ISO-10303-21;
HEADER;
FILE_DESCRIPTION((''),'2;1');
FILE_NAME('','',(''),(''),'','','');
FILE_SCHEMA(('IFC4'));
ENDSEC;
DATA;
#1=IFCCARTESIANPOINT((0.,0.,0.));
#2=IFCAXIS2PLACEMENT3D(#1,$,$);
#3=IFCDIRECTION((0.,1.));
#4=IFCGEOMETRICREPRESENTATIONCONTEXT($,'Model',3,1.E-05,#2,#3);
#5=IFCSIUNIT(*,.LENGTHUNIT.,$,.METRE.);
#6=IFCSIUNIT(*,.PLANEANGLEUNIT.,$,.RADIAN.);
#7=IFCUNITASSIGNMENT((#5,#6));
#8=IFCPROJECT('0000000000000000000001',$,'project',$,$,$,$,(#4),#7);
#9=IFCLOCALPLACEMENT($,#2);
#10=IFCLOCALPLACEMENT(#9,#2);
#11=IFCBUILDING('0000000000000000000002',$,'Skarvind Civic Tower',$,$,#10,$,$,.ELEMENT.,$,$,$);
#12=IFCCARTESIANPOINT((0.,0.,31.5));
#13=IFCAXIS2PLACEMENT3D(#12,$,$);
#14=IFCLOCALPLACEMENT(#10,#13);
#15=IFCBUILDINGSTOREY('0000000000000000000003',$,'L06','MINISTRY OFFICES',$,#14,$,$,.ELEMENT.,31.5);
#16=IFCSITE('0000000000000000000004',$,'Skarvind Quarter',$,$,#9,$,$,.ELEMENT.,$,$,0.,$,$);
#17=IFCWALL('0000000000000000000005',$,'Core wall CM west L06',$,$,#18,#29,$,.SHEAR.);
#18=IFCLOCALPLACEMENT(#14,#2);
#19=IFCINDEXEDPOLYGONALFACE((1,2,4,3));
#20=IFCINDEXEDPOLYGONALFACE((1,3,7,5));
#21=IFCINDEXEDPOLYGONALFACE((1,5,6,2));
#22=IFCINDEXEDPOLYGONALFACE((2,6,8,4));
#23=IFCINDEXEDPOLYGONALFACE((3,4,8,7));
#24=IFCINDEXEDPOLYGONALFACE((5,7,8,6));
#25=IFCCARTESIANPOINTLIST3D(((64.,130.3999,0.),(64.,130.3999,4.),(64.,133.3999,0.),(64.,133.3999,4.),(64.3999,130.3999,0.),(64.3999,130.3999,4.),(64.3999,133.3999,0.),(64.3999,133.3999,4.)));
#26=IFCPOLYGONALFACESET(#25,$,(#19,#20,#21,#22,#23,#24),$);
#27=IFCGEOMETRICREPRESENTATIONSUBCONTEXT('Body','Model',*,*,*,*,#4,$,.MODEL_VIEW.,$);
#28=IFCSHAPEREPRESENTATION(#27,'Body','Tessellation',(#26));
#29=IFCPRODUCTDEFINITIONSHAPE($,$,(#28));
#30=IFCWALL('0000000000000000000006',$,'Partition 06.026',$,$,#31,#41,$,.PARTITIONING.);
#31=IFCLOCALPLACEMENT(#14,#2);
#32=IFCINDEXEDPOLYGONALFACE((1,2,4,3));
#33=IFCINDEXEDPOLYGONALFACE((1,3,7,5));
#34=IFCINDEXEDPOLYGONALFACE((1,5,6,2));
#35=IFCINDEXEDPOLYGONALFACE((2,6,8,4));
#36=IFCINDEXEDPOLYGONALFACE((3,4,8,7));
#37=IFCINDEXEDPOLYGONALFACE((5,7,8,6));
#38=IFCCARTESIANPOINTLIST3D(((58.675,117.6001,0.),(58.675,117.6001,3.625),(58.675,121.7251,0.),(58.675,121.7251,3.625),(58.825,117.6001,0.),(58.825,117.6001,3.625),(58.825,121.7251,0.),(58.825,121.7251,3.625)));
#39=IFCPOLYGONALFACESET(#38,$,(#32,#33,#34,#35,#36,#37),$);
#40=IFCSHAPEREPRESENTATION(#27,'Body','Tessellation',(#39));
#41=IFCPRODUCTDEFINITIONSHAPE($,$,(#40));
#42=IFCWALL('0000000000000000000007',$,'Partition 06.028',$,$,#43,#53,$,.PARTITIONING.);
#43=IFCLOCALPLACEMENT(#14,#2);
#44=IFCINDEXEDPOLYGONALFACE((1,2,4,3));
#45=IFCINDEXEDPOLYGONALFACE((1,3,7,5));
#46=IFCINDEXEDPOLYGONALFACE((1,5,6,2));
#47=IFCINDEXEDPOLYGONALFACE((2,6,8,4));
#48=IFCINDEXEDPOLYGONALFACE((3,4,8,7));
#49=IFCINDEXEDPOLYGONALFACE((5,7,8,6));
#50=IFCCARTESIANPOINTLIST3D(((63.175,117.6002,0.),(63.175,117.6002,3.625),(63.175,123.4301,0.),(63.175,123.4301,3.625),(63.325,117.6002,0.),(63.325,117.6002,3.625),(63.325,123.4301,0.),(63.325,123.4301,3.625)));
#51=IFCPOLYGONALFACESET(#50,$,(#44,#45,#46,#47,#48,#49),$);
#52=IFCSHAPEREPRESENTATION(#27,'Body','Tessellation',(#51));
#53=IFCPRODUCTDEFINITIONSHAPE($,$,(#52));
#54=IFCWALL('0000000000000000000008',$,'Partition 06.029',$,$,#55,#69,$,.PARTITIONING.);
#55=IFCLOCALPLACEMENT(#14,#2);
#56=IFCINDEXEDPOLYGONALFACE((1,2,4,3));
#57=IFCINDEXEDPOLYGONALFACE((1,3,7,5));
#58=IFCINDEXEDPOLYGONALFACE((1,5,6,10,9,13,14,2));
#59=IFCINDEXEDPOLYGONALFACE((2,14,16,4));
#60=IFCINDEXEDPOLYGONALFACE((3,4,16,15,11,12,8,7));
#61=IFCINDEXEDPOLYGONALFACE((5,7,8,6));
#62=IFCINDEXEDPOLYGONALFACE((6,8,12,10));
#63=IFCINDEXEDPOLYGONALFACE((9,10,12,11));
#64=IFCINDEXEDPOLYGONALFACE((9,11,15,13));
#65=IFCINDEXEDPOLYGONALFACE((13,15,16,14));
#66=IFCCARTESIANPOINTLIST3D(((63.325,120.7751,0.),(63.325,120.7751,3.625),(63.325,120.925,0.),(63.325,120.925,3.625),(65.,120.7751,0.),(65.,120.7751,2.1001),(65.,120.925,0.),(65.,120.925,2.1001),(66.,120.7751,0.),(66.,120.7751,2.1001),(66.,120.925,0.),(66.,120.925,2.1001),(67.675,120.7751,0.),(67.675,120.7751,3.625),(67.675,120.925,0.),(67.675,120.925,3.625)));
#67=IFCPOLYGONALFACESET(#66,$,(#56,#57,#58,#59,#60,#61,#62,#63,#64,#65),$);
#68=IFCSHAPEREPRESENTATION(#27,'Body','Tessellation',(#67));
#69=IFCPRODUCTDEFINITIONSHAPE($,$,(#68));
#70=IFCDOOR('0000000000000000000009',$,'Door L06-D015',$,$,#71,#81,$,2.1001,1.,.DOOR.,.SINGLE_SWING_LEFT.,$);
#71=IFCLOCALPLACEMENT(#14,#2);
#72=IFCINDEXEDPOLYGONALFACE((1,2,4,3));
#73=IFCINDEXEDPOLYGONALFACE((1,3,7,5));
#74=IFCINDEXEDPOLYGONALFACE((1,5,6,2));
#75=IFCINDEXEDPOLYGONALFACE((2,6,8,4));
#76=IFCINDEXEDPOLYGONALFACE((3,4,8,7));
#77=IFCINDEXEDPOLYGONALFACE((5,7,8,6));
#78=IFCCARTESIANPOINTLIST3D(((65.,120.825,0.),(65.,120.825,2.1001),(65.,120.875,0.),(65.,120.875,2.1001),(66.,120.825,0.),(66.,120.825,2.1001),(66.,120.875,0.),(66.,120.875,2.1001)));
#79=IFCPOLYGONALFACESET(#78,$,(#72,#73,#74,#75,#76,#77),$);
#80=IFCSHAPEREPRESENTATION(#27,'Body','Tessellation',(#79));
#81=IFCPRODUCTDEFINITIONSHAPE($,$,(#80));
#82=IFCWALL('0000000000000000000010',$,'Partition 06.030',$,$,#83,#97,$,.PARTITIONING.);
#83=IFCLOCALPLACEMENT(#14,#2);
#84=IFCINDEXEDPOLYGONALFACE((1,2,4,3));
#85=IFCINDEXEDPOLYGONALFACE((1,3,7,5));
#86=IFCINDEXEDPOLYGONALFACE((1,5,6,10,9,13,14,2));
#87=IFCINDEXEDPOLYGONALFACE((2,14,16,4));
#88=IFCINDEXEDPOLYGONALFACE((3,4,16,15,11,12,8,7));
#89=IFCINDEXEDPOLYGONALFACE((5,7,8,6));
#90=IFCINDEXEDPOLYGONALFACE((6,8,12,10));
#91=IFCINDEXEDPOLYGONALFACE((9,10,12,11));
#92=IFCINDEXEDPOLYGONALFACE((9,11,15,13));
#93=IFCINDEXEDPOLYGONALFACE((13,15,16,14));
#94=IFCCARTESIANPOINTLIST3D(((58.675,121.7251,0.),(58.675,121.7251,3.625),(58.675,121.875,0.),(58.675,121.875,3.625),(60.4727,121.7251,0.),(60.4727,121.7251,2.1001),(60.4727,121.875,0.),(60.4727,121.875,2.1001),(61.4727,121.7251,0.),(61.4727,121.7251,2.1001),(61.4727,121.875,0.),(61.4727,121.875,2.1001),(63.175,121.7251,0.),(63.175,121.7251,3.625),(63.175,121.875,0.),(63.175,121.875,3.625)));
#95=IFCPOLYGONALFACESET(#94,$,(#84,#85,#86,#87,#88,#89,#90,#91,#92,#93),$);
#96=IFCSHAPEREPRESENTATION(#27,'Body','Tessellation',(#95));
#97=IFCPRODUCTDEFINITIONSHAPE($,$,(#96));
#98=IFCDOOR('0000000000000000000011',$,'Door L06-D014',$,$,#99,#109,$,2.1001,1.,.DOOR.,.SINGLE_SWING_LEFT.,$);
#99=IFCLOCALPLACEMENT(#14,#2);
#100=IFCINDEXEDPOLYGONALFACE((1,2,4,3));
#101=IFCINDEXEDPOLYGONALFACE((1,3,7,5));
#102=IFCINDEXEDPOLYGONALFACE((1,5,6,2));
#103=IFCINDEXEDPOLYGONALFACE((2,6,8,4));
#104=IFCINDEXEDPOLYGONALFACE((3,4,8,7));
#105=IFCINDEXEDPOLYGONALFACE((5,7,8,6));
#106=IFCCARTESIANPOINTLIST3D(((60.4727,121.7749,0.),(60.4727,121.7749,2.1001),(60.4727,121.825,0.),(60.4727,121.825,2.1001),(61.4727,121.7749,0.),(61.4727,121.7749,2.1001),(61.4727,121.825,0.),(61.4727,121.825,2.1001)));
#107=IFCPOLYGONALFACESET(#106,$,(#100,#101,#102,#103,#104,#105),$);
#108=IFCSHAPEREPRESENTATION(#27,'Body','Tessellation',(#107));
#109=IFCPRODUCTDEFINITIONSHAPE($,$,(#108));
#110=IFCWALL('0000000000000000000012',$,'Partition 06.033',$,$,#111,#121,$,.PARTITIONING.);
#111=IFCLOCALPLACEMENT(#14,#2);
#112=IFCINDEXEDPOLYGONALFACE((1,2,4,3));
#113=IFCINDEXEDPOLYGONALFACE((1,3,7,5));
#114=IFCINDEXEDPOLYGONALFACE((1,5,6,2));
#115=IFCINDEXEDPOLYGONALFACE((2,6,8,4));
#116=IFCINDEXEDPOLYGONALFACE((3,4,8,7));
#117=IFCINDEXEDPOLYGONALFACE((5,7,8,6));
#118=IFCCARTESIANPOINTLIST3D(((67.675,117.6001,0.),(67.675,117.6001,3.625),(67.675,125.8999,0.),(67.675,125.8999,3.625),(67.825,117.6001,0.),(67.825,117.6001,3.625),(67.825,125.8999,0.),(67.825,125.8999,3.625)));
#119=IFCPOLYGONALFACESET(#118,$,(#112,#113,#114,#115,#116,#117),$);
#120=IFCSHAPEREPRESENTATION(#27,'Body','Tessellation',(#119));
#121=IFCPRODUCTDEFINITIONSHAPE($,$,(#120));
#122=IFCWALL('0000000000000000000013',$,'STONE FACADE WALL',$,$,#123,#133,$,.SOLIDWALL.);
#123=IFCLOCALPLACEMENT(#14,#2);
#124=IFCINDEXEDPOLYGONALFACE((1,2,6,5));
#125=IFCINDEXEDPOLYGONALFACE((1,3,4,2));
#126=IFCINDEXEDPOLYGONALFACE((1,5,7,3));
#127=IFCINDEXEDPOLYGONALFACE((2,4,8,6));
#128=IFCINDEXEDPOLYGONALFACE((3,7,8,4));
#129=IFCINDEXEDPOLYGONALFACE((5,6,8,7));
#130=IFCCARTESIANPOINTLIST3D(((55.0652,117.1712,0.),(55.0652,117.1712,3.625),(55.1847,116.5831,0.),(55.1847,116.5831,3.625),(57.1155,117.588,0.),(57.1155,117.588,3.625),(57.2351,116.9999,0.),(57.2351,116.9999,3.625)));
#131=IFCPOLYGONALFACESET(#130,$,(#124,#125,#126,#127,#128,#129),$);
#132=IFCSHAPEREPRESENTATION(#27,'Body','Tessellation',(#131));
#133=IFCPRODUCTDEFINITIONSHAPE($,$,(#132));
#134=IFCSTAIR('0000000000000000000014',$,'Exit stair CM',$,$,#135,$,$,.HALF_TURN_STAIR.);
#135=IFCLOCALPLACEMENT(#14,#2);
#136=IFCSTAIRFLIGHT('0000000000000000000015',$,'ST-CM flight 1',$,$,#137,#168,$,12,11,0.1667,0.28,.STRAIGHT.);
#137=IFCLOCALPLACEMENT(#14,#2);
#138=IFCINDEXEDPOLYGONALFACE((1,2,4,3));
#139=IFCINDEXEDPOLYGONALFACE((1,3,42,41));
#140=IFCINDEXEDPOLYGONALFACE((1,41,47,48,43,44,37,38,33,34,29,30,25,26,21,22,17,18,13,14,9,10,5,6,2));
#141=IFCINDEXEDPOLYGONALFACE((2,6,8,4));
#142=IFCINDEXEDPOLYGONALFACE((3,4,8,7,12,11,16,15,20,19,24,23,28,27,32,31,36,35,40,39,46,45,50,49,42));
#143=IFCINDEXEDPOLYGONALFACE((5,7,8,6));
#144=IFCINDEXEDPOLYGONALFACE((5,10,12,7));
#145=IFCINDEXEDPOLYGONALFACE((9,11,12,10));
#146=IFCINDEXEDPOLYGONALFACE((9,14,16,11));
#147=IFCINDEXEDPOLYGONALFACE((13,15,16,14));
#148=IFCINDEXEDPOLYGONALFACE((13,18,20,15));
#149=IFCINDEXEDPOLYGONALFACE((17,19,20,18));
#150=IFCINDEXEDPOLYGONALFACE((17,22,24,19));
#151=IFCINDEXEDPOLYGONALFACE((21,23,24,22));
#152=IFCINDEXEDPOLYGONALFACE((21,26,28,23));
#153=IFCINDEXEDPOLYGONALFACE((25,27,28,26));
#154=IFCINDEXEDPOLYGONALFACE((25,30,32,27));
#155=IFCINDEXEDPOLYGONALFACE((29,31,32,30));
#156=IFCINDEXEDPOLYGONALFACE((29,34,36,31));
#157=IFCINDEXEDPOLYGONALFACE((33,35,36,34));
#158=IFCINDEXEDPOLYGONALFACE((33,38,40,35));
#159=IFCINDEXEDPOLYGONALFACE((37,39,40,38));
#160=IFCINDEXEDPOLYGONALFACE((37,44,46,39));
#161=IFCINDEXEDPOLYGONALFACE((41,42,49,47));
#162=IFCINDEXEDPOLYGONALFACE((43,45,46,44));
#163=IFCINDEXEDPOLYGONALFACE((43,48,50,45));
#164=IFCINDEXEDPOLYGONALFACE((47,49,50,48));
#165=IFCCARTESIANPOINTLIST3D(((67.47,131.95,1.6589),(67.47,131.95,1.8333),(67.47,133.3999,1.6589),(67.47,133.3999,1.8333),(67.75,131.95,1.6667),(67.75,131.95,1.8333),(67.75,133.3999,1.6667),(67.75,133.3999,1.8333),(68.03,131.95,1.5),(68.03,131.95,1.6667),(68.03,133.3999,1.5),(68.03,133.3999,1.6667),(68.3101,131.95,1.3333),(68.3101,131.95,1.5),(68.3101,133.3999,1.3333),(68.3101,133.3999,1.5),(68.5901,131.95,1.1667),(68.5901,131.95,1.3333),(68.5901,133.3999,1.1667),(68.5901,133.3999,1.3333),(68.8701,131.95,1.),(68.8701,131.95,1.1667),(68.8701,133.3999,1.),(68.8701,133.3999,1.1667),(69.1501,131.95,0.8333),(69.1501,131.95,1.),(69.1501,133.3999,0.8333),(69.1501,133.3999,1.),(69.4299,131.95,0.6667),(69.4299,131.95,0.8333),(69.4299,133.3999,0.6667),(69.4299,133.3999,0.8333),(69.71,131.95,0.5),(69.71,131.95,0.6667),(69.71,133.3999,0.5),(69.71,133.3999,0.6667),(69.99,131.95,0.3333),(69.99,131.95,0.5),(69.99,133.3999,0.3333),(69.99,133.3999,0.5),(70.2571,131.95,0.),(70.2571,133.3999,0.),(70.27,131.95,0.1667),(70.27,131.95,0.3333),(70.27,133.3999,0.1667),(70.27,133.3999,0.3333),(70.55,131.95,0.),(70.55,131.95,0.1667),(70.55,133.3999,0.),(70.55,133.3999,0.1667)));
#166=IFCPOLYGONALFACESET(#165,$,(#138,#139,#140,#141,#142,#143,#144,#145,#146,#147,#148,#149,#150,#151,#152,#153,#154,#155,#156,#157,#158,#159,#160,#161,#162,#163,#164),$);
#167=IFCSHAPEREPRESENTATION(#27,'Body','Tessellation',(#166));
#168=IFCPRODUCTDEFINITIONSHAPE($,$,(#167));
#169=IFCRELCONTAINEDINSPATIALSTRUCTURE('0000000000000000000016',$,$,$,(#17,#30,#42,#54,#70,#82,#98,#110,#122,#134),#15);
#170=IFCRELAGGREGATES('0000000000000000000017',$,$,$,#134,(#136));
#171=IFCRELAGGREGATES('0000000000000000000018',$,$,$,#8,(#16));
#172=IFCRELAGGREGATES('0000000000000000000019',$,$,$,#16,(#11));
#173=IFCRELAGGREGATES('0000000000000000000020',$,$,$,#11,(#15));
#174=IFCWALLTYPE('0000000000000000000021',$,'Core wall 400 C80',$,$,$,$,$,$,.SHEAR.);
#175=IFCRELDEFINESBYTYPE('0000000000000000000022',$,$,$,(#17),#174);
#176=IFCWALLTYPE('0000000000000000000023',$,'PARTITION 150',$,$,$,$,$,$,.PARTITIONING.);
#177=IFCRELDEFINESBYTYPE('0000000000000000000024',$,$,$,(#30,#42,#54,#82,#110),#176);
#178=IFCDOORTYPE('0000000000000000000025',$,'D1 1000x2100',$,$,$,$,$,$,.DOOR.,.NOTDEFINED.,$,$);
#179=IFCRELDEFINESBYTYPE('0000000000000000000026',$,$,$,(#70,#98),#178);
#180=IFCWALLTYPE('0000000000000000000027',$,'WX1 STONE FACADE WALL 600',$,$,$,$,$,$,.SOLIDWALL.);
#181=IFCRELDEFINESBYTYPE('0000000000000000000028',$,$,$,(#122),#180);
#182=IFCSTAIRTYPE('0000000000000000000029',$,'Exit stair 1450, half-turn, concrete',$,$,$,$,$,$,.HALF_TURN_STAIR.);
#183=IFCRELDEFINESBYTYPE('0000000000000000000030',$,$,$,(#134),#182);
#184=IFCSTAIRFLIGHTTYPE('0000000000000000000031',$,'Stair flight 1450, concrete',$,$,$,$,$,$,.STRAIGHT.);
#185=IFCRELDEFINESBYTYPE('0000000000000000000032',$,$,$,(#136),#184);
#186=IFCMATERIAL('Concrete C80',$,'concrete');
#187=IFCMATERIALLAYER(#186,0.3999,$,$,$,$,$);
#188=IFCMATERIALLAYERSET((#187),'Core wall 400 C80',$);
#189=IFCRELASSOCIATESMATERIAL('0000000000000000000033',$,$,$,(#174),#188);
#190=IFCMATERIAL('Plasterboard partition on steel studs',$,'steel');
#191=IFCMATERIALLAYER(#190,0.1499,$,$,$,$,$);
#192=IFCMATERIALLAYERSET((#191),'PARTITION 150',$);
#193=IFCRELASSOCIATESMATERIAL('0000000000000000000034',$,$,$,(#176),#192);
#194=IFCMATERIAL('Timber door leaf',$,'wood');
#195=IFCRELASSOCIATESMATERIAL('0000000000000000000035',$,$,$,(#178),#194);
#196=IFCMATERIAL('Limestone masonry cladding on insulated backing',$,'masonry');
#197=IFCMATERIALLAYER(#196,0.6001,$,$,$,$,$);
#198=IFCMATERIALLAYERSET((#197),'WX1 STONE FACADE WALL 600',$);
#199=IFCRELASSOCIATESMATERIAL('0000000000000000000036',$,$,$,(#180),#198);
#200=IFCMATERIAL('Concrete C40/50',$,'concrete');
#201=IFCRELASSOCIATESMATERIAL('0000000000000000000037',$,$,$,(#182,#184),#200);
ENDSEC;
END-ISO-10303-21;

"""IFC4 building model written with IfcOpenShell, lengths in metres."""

from ifc_helpers import new_model, si_unit, direction, frame, frame_2d, origin, place, context, subcontext, project, spatial, polyline, rectangle, outline, extrude, material, layer, layer_set, type_object, element, fill, aggregate, save


model = new_model("IFC4")

# Units and contexts
model_context = context("Model", 3, precision=1e-05, world=origin(), true_north=direction((0.0, 1.0)))
body_context = subcontext(model_context, "Body", "Model", "MODEL_VIEW")
ifc_project = project(units=[si_unit("LENGTHUNIT", "METRE"), si_unit("PLANEANGLEUNIT", "RADIAN")], contexts=[model_context])

# Site, building, storey
site_placement = place(None, origin())
site = spatial("IfcSite", under=ifc_project, at=site_placement, Name="Skarvind Quarter", CompositionType="ELEMENT", RefElevation=0.0)
building_placement = place(site_placement, origin())
building = spatial("IfcBuilding", under=site, at=building_placement, Name="Skarvind Civic Tower", CompositionType="ELEMENT")
storey_placement = place(building_placement, frame((0.0, 0.0, 31.5)))
storey = spatial("IfcBuildingStorey", under=building, at=storey_placement, Name="L06", Description="MINISTRY OFFICES", CompositionType="ELEMENT", Elevation=31.5)

# Shared definitions
ifc_material_1 = material(Name="Concrete C80", Category="concrete")

# Shared definitions
ifc_layer_1 = layer(ifc_material_1, 0.3999)
ifc_layer_set_1 = layer_set([ifc_layer_1], Name="Core wall 400 C80")
wall_type_1 = type_object("IfcWallType", Name="Core wall 400 C80", PredefinedType="SHEAR", material=ifc_layer_set_1)

# Walls
wall_1_placement = place(storey_placement, frame((64.2, 130.3999, 0.0), z_axis=(0.0, 0.0, 1.0), x_axis=(0.0, 1.0, 0.0)))
element("IfcWall", 1, at=wall_1_placement, inside=storey, type_object=wall_type_1, Name="Core wall CM west L06", PredefinedType="SHEAR", context=body_context, shape_type="SweptSolid", body=[
    extrude(rectangle(XDim=3.0, YDim=0.3999, at=frame_2d((1.5, 0.0))), origin(), (0.0, 0.0, 1.0), 4.0),
])
ifc_material_2 = material(Name="Plasterboard partition on steel studs", Category="steel")
ifc_layer_2 = layer(ifc_material_2, 0.1499)
ifc_layer_set_2 = layer_set([ifc_layer_2], Name="PARTITION 150")
wall_type_2 = type_object("IfcWallType", Name="PARTITION 150", PredefinedType="PARTITIONING", material=ifc_layer_set_2)
wall_2_placement = place(storey_placement, frame((58.75, 117.6001, 0.0), z_axis=(0.0, 0.0, 1.0), x_axis=(0.0, 1.0, 0.0)))
element("IfcWall", 2, at=wall_2_placement, inside=storey, type_object=wall_type_2, Name="Partition 06.026", PredefinedType="PARTITIONING", context=body_context, shape_type="SweptSolid", body=[
    extrude(rectangle(XDim=4.125, YDim=0.1499, at=frame_2d((2.0625, 0.0))), origin(), (0.0, 0.0, 1.0), 3.625),
])
wall_3_placement = place(storey_placement, frame((63.25, 117.6001, 0.0), z_axis=(0.0, 0.0, 1.0), x_axis=(0.0, 1.0, 0.0)))
element("IfcWall", 3, at=wall_3_placement, inside=storey, type_object=wall_type_2, Name="Partition 06.028", PredefinedType="PARTITIONING", context=body_context, shape_type="SweptSolid", body=[
    extrude(rectangle(XDim=5.8298, YDim=0.1499, at=frame_2d((2.915, 0.0))), origin(), (0.0, 0.0, 1.0), 3.625),
])

# Walls, openings, doors
wall_4_placement = place(storey_placement, frame((63.325, 120.8501, 0.0), z_axis=(0.0, 0.0, 1.0), x_axis=(1.0, 0.0, 0.0)))
wall_4 = element("IfcWall", 4, at=wall_4_placement, inside=storey, type_object=wall_type_2, Name="Partition 06.029", PredefinedType="PARTITIONING", context=body_context, shape_type="SweptSolid", body=[
    extrude(rectangle(XDim=4.3501, YDim=0.1499, at=frame_2d((2.175, 0.0))), origin(), (0.0, 0.0, 1.0), 3.625),
])
opening_1_placement = place(wall_4_placement, frame((1.675, 0.0, 0.0)))
opening_1 = element("IfcOpeningElement", 5, at=opening_1_placement, cuts=wall_4, PredefinedType="OPENING", context=body_context, shape_type="SweptSolid", body=[
    extrude(rectangle(XDim=1.0, YDim=2.1001, at=frame_2d((0.5, 1.05))), frame((0.0, 0.085, 0.0), z_axis=(0.0, -1.0, 0.0), x_axis=(1.0, 0.0, 0.0)), (0.0, 0.0, 1.0), 0.1699),
])
ifc_material_3 = material(Name="Timber door leaf", Category="wood")
door_type_1 = type_object("IfcDoorType", Name="D1 1000x2100", OperationType="NOTDEFINED", PredefinedType="DOOR", material=ifc_material_3)
door_1_placement = place(opening_1_placement, origin())
door_1 = element("IfcDoor", 6, at=door_1_placement, inside=storey, type_object=door_type_1, Name="Door L06-D015", OperationType="SINGLE_SWING_LEFT", OverallHeight=2.1001, OverallWidth=1.0, PredefinedType="DOOR", context=body_context, shape_type="SweptSolid", body=[
    extrude(rectangle(XDim=1.0, YDim=2.1001, at=frame_2d((0.5, 1.05))), frame((0.0, 0.0249, 0.0), z_axis=(0.0, -1.0, 0.0), x_axis=(1.0, 0.0, 0.0)), (0.0, 0.0, 1.0), 0.05),
])
fill(opening_1, door_1)
wall_5_placement = place(storey_placement, frame((58.675, 121.8, 0.0), z_axis=(0.0, 0.0, 1.0), x_axis=(1.0, 0.0, 0.0)))
wall_5 = element("IfcWall", 7, at=wall_5_placement, inside=storey, type_object=wall_type_2, Name="Partition 06.030", PredefinedType="PARTITIONING", context=body_context, shape_type="SweptSolid", body=[
    extrude(rectangle(XDim=4.5, YDim=0.1499, at=frame_2d((2.25, 0.0))), origin(), (0.0, 0.0, 1.0), 3.625),
])
opening_2_placement = place(wall_5_placement, frame((1.7976, 0.0, 0.0)))
opening_2 = element("IfcOpeningElement", 8, at=opening_2_placement, cuts=wall_5, PredefinedType="OPENING", context=body_context, shape_type="SweptSolid", body=[
    extrude(rectangle(XDim=1.0, YDim=2.1001, at=frame_2d((0.5, 1.05))), frame((0.0, 0.085, 0.0), z_axis=(0.0, -1.0, 0.0), x_axis=(1.0, 0.0, 0.0)), (0.0, 0.0, 1.0), 0.1699),
])
door_2_placement = place(opening_2_placement, origin())
door_2 = element("IfcDoor", 9, at=door_2_placement, inside=storey, type_object=door_type_1, Name="Door L06-D014", OperationType="SINGLE_SWING_LEFT", OverallHeight=2.1001, OverallWidth=1.0, PredefinedType="DOOR", context=body_context, shape_type="SweptSolid", body=[
    extrude(rectangle(XDim=1.0, YDim=2.1001, at=frame_2d((0.5, 1.05))), frame((0.0, 0.0249, 0.0), z_axis=(0.0, -1.0, 0.0), x_axis=(1.0, 0.0, 0.0)), (0.0, 0.0, 1.0), 0.05),
])
fill(opening_2, door_2)

# Walls
wall_6_placement = place(storey_placement, frame((67.75, 117.6001, 0.0), z_axis=(0.0, 0.0, 1.0), x_axis=(0.0, 1.0, 0.0)))
element("IfcWall", 10, at=wall_6_placement, inside=storey, type_object=wall_type_2, Name="Partition 06.033", PredefinedType="PARTITIONING", context=body_context, shape_type="SweptSolid", body=[
    extrude(rectangle(XDim=8.2998, YDim=0.1499, at=frame_2d((4.1499, 0.0))), origin(), (0.0, 0.0, 1.0), 3.625),
])
ifc_material_4 = material(Name="Limestone masonry cladding on insulated backing", Category="masonry")
ifc_layer_3 = layer(ifc_material_4, 0.6001)
ifc_layer_set_3 = layer_set([ifc_layer_3], Name="WX1 STONE FACADE WALL 600")
wall_type_3 = type_object("IfcWallType", Name="WX1 STONE FACADE WALL 600", PredefinedType="SOLIDWALL", material=ifc_layer_set_3)
wall_7_placement = place(storey_placement, frame((57.1753, 117.2939, 0.0), z_axis=(0.0, 0.0, 1.0), x_axis=(-0.979961, -0.199189, 0.0)))
element("IfcWall", 11, at=wall_7_placement, inside=storey, type_object=wall_type_3, Name="STONE FACADE WALL", PredefinedType="SOLIDWALL", context=body_context, shape_type="SweptSolid", body=[
    extrude(rectangle(XDim=2.0923, YDim=0.6001, at=frame_2d((1.0461, 0.0))), origin(), (0.0, 0.0, 1.0), 3.625),
])

# Stair, stair flight
ifc_material_5 = material(Name="Concrete C40/50", Category="concrete")
stair_type = type_object("IfcStairType", Name="Exit stair 1450, half-turn, concrete", PredefinedType="HALF_TURN_STAIR", material=ifc_material_5)
stair_placement = place(storey_placement, origin())
stair = element("IfcStair", 12, at=stair_placement, inside=storey, type_object=stair_type, Name="Exit stair CM", PredefinedType="HALF_TURN_STAIR")
stair_flight_type = type_object("IfcStairFlightType", Name="Stair flight 1450, concrete", PredefinedType="STRAIGHT", material=ifc_material_5)
stair_flight_1_placement = place(storey_placement, frame((70.55, 132.675, 0.0), z_axis=(0.0, 0.0, 1.0), x_axis=(-1.0, 0.0, 0.0)))
stair_flight_1 = element("IfcStairFlight", 13, at=stair_flight_1_placement, type_object=stair_flight_type, Name="ST-CM flight 1", NumberOfRisers=12, NumberOfTreads=11, PredefinedType="STRAIGHT", RiserHeight=0.1667, TreadLength=0.28, context=body_context, shape_type="SweptSolid", body=[
    extrude(outline(polyline([(0.0, 0.0), (0.0, 0.1667), (0.28, 0.1667), (0.28, 0.3333), (0.5601, 0.3333), (0.5601, 0.5), (0.8401, 0.5), (0.8401, 0.6667), (1.1201, 0.6667), (1.1201, 0.8333), (1.3999, 0.8333), (1.3999, 1.0), (1.6799, 1.0), (1.6799, 1.1667), (1.96, 1.1667), (1.96, 1.3333), (2.24, 1.3333), (2.24, 1.5), (2.52, 1.5), (2.52, 1.6667), (2.8, 1.6667), (2.8, 1.8333), (3.0801, 1.8333), (3.0801, 2.0), (3.0801, 1.6589), (0.293, 0.0), (0.0, 0.0)])), frame((0.0, 0.7251, 0.0), z_axis=(0.0, -1.0, 0.0), x_axis=(1.0, 0.0, 0.0)), (0.0, 0.0, 1.0), 1.45),
])
aggregate(stair, [stair_flight_1])

save(model, "model.ifc")
